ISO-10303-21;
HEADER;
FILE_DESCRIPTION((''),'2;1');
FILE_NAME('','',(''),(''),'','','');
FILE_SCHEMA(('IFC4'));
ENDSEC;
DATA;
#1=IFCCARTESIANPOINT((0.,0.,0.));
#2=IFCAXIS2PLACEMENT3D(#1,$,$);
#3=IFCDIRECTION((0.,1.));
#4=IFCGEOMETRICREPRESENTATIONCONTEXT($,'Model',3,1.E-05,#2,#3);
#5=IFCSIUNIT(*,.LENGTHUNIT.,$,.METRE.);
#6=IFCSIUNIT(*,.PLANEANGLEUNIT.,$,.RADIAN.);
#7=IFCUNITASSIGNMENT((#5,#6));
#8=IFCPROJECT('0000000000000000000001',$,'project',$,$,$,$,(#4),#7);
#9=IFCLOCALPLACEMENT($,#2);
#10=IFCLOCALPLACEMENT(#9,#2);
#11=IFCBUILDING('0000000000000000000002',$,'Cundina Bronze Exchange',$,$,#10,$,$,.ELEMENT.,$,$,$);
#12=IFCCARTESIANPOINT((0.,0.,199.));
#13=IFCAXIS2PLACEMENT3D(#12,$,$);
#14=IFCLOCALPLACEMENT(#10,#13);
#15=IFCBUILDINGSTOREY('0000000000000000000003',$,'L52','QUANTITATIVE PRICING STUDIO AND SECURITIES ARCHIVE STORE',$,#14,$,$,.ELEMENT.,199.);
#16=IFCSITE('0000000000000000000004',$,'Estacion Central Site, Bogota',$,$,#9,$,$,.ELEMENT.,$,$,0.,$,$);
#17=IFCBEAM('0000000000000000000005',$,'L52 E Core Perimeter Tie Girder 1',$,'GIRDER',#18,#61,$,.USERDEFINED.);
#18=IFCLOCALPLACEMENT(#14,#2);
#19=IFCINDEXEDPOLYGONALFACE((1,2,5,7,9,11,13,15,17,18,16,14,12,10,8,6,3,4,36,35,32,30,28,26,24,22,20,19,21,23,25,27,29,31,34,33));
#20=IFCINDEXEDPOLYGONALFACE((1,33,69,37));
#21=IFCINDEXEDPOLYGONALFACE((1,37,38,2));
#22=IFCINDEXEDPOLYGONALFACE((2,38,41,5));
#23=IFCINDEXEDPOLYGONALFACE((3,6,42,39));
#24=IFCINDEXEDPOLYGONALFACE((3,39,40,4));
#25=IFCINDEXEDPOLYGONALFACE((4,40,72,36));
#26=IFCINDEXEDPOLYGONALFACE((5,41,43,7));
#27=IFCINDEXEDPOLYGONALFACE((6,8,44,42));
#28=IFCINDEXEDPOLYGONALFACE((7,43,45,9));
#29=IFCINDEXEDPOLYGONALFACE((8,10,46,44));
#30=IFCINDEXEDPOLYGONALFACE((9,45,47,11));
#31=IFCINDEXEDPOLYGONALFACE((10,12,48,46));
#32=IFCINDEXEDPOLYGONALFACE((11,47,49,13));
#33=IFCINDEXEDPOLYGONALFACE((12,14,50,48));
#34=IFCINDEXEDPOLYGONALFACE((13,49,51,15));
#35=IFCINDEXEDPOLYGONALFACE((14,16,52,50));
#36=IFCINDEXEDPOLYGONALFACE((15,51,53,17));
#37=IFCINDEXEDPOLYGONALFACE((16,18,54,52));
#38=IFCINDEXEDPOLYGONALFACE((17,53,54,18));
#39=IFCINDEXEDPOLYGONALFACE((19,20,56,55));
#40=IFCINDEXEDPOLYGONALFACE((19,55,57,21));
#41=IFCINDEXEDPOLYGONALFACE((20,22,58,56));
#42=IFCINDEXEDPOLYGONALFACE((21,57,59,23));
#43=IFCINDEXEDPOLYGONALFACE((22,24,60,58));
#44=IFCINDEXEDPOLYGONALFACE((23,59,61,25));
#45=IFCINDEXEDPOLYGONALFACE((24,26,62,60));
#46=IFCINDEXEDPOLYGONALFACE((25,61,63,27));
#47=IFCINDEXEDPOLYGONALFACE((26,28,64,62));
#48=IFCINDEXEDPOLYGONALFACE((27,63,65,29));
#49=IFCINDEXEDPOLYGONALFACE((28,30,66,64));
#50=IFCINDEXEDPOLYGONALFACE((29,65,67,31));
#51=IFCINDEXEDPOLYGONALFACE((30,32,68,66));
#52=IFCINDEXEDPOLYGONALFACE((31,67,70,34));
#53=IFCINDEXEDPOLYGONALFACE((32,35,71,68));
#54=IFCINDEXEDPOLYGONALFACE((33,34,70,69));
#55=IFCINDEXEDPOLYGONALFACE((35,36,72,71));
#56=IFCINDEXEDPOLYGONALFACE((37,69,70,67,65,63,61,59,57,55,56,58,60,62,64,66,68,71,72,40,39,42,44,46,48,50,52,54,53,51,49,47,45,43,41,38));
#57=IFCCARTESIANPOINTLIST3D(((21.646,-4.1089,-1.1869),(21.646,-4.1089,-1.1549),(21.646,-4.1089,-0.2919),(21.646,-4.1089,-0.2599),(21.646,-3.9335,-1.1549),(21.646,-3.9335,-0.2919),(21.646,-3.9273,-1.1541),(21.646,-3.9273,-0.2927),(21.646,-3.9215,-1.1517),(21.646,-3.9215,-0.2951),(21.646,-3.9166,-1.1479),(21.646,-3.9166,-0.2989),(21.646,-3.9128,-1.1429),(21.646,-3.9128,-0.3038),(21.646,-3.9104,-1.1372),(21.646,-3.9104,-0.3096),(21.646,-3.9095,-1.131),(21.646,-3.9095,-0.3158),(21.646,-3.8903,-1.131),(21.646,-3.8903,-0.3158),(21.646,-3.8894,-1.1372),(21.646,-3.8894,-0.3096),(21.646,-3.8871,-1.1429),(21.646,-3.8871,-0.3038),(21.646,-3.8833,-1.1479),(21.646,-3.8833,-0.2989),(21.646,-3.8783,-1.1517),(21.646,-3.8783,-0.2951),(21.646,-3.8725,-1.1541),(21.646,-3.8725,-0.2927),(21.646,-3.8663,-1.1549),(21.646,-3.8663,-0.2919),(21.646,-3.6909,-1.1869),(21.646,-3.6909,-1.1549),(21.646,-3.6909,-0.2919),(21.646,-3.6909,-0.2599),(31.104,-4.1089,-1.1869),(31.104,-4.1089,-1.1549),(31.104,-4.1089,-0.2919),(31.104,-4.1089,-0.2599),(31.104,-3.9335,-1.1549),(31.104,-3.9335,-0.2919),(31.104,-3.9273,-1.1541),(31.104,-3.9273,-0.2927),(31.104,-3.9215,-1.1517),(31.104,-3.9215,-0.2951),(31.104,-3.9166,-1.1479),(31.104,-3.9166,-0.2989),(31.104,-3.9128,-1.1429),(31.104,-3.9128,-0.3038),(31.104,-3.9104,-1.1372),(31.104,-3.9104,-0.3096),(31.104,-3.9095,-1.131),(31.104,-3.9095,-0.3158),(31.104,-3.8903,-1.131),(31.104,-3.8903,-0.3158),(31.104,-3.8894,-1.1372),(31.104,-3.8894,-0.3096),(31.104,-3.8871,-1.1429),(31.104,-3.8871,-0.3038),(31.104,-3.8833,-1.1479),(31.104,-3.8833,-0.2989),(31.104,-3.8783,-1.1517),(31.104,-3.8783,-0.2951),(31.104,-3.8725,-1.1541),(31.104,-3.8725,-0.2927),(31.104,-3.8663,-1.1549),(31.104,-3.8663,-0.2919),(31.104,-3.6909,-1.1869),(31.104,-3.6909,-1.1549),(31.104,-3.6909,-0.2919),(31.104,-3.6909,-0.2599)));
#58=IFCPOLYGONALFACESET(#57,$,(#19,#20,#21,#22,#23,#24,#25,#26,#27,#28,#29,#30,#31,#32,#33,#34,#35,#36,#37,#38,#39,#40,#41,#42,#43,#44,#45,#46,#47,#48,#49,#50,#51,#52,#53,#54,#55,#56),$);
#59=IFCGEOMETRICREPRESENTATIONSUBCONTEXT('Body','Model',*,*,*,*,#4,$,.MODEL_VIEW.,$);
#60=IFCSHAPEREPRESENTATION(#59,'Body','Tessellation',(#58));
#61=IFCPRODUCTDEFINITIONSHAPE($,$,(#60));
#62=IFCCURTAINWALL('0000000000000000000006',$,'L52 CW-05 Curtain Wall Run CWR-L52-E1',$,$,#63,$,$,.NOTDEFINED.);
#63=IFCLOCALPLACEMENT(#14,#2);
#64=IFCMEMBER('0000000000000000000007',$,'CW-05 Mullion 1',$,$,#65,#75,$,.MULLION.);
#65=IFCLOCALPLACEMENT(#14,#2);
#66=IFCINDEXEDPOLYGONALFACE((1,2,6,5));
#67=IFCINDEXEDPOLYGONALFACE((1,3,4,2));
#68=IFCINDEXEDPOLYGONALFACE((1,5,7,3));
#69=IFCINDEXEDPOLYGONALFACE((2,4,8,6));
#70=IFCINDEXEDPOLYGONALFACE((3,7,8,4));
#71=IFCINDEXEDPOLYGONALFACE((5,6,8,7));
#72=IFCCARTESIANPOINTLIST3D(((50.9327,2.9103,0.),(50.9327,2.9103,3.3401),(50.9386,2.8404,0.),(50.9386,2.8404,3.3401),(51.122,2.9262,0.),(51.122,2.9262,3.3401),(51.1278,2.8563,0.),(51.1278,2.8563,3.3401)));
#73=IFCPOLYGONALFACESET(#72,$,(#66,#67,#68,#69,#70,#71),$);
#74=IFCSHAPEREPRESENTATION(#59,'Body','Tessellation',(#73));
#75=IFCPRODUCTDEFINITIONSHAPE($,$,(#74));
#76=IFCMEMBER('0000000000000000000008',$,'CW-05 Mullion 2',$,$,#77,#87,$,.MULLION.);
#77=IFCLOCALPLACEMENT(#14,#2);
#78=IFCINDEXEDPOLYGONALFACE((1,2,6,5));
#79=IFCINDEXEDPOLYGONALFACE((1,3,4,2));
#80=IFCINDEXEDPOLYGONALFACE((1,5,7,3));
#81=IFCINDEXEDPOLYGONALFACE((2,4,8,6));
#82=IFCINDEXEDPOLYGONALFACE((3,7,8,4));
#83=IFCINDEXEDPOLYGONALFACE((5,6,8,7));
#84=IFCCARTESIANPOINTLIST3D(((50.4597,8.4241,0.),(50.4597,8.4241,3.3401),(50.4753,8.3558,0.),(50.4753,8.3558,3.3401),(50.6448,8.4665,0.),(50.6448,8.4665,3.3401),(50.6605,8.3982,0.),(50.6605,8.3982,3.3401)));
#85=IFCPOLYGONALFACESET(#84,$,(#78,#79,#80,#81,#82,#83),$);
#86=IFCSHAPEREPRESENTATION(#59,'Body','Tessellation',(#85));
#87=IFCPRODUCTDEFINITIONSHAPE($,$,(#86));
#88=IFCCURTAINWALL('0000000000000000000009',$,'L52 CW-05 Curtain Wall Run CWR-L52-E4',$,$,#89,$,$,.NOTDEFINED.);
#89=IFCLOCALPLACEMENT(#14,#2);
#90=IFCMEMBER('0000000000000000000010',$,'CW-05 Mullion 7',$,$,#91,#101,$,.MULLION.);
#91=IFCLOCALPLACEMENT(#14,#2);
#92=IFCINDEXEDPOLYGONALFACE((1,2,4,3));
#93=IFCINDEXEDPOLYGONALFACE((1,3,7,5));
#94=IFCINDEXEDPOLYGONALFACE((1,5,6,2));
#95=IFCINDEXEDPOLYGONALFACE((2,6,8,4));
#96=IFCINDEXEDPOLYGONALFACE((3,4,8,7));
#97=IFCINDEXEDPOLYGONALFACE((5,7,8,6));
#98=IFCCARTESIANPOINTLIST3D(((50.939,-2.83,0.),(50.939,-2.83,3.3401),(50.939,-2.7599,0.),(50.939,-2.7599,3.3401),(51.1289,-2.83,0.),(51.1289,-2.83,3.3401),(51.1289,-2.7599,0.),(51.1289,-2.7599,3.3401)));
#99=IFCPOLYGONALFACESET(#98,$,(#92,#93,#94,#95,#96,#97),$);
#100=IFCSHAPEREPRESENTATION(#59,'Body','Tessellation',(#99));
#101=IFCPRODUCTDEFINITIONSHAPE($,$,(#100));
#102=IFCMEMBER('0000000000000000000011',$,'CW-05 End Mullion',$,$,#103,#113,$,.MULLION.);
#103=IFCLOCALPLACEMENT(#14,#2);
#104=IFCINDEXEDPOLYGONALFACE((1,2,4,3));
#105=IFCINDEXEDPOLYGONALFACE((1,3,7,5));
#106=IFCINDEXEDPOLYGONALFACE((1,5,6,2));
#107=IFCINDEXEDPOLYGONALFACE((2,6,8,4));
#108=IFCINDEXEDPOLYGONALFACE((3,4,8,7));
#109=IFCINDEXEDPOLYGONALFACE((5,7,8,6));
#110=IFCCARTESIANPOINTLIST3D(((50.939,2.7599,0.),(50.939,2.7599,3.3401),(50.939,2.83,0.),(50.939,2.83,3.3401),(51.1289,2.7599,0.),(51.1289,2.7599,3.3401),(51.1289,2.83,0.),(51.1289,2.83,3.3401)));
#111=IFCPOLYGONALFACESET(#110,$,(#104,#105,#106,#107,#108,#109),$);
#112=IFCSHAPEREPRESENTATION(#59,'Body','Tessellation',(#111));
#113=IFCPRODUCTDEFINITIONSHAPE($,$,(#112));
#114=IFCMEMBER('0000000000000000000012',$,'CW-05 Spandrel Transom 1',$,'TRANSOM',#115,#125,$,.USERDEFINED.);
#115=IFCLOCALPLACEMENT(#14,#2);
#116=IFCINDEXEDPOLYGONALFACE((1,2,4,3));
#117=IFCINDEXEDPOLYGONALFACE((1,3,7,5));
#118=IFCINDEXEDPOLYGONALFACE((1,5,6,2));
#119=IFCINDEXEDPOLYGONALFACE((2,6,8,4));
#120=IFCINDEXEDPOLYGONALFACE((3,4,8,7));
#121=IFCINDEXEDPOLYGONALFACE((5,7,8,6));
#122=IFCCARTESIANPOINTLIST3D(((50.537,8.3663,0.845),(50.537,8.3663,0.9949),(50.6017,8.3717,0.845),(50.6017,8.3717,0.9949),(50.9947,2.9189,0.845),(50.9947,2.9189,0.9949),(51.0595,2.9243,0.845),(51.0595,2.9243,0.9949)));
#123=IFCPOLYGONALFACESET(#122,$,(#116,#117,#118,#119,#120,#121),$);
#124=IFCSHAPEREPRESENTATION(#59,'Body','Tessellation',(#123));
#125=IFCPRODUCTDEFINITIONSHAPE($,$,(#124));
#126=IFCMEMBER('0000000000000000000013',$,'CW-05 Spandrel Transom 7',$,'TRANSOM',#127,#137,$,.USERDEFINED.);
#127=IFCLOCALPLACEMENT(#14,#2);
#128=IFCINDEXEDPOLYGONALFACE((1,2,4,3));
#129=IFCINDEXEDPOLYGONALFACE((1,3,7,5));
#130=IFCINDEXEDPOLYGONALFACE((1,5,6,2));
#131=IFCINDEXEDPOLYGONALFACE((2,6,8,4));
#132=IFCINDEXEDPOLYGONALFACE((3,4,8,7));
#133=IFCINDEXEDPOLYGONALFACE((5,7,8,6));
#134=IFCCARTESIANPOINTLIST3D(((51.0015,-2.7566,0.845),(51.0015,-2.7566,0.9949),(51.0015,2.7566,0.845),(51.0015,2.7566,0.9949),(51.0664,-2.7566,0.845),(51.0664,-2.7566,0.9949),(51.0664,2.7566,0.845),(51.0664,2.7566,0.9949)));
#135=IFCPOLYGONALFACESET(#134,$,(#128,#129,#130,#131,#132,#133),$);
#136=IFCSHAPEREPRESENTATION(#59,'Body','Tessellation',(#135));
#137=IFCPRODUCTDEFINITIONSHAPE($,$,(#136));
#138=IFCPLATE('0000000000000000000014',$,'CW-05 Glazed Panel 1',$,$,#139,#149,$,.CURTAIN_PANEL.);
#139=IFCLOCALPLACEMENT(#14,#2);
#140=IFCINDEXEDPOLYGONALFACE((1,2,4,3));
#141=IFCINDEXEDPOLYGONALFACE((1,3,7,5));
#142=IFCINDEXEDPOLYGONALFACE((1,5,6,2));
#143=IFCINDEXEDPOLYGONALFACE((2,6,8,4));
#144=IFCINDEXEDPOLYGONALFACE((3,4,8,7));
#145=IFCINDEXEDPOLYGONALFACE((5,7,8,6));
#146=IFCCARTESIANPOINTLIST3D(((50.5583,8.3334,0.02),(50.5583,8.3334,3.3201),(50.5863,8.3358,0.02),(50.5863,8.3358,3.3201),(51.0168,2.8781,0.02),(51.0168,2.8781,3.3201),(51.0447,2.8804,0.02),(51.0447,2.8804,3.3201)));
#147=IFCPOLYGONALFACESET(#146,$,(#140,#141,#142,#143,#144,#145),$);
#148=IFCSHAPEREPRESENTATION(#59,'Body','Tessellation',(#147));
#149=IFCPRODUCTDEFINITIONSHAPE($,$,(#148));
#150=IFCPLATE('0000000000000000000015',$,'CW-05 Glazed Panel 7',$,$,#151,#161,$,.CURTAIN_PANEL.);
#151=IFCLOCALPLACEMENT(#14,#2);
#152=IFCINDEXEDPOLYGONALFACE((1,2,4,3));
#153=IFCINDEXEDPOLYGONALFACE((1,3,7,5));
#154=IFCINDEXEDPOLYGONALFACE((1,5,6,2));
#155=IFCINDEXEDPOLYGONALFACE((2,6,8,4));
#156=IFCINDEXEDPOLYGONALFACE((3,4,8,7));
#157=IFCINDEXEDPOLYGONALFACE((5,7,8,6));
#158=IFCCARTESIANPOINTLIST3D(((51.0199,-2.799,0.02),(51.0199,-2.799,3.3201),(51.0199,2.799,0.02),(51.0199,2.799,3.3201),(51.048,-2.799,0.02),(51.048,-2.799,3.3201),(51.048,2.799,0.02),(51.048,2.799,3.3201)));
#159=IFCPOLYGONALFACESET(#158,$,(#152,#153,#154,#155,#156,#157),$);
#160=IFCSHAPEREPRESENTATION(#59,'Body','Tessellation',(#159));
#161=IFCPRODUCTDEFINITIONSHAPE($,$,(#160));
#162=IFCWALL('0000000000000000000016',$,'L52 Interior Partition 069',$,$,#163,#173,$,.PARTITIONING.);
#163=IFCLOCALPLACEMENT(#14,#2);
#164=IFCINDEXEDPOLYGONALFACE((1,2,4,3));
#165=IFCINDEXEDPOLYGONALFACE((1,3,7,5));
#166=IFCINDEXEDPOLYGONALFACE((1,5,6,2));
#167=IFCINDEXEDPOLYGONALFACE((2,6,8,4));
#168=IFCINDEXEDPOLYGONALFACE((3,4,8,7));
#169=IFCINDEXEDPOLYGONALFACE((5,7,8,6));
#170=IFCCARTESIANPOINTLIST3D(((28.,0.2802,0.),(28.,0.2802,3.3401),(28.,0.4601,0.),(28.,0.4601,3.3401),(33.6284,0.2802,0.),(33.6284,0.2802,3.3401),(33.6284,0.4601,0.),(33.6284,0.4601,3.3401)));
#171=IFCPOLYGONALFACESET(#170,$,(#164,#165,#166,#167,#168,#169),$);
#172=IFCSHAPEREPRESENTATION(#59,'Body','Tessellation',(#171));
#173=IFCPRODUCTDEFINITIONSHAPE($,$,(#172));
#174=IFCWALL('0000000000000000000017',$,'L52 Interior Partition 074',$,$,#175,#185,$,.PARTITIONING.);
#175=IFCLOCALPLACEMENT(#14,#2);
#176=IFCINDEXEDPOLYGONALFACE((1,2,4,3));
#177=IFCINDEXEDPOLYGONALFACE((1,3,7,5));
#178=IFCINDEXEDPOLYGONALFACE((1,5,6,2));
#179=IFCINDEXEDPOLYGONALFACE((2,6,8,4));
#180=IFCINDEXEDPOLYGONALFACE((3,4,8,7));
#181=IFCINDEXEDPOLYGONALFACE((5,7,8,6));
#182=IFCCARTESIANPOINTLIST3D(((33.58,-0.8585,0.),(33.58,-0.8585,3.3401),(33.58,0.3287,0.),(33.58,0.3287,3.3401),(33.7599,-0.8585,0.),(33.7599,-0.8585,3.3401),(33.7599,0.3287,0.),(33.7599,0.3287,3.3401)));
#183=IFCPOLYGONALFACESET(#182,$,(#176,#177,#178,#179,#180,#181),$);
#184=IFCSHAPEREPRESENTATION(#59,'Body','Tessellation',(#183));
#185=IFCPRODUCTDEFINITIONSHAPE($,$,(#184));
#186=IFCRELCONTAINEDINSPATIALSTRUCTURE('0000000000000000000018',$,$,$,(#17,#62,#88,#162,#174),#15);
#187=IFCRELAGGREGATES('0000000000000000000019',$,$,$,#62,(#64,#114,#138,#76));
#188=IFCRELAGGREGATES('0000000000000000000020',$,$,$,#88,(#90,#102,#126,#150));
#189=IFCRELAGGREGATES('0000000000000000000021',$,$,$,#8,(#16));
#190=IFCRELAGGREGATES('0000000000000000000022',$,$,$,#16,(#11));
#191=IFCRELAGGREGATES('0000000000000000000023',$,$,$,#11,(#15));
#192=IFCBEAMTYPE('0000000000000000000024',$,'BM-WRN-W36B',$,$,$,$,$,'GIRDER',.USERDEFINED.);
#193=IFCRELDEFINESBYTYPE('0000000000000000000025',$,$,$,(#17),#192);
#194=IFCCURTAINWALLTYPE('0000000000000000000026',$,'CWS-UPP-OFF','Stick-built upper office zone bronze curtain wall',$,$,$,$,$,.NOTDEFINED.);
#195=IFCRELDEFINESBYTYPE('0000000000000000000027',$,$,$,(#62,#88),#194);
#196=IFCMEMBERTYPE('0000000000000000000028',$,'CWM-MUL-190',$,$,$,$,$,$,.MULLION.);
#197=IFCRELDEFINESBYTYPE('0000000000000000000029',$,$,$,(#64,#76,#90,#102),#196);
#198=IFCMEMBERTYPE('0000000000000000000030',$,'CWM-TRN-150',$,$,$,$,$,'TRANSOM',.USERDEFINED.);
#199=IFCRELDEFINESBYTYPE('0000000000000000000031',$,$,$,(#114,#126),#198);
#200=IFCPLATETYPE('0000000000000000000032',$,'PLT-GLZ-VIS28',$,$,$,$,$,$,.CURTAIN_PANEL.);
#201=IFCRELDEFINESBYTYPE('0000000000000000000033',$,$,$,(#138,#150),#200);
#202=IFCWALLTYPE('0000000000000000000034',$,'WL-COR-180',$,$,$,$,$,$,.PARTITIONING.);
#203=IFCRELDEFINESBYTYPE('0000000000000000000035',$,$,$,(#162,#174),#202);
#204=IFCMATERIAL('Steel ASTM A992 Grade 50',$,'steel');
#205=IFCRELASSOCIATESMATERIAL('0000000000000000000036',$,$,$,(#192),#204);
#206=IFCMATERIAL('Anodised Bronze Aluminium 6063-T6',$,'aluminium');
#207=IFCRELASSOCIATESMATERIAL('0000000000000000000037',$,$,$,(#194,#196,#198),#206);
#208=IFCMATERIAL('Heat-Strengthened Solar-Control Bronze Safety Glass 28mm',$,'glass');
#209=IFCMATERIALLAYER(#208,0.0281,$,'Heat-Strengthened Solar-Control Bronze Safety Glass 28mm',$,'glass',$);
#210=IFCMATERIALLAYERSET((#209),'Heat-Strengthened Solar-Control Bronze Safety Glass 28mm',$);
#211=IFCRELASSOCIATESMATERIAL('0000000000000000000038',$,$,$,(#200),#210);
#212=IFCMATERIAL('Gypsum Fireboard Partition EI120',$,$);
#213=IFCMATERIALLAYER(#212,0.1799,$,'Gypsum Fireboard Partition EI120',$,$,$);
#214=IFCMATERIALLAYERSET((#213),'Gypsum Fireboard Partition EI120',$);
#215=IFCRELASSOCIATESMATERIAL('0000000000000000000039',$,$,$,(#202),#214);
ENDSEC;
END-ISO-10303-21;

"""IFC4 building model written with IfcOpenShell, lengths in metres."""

from ifc_helpers import new_model, si_unit, direction, frame, frame_2d, origin, origin_2d, place, context, subcontext, project, spatial, rectangle, i_section, extrude, material, layer, layer_set, material_profile, profile_set, type_object, element, aggregate, save


model = new_model("IFC4")

# Units and contexts
model_context = context("Model", 3, precision=1e-05, world=origin(), true_north=direction((0.0, 1.0)))
body_context = subcontext(model_context, "Body", "Model", "MODEL_VIEW")
ifc_project = project(units=[si_unit("LENGTHUNIT", "METRE"), si_unit("PLANEANGLEUNIT", "RADIAN")], contexts=[model_context])

# Site, building, storey
site_placement = place(None, origin())
site = spatial("IfcSite", under=ifc_project, at=site_placement, Name="Estacion Central Site, Bogota", CompositionType="ELEMENT", RefElevation=0.0)
building_placement = place(site_placement, origin())
building = spatial("IfcBuilding", under=site, at=building_placement, Name="Cundina Bronze Exchange", CompositionType="ELEMENT")
storey_placement = place(building_placement, frame((0.0, 0.0, 199.0)))
storey = spatial("IfcBuildingStorey", under=building, at=storey_placement, Name="L52", Description="QUANTITATIVE PRICING STUDIO AND SECURITIES ARCHIVE STORE", CompositionType="ELEMENT", Elevation=199.0)

# Shared definitions
ifc_material_1 = material(Name="Steel ASTM A992 Grade 50", Category="steel")

# Beam
ifc_material_profile_1 = material_profile(ifc_material_1, i_section(OverallWidth=0.418, OverallDepth=0.927, WebThickness=0.0193, FlangeThickness=0.032, FilletRadius=0.0239, at=origin_2d()), Name="W36X231", Category="steel")
ifc_profile_set_1 = profile_set([ifc_material_profile_1], Name="Steel ASTM A992 Grade 50")
beam_type_1 = type_object("IfcBeamType", Name="BM-WRN-W36B", ElementType="GIRDER", PredefinedType="USERDEFINED", material=ifc_profile_set_1)
beam_1_placement = place(storey_placement, frame((31.104, -3.8999, -0.7234), z_axis=(-1.0, 0.0, 0.0), x_axis=(0.0, -1.0, 0.0)))
element("IfcBeam", 1, at=beam_1_placement, inside=storey, type_object=beam_type_1, Name="L52 E Core Perimeter Tie Girder 1", ObjectType="GIRDER", PredefinedType="USERDEFINED", context=body_context, shape_type="SweptSolid", body=[
    extrude(i_section(OverallWidth=0.418, OverallDepth=0.927, WebThickness=0.0193, FlangeThickness=0.032, FilletRadius=0.0239, at=origin_2d()), origin(), (0.0, 0.0, 1.0), 9.458),
])

# Curtain walls, members
ifc_material_2 = material(Name="Anodised Bronze Aluminium 6063-T6", Category="aluminium")
curtain_wall_type = type_object("IfcCurtainWallType", Name="CWS-UPP-OFF", Description="Stick-built upper office zone bronze curtain wall", PredefinedType="NOTDEFINED", material=ifc_material_2)
curtain_wall_1_placement = place(storey_placement, origin())
curtain_wall_1 = element("IfcCurtainWall", 2, at=curtain_wall_1_placement, inside=storey, type_object=curtain_wall_type, Name="L52 CW-05 Curtain Wall Run CWR-L52-E1", PredefinedType="NOTDEFINED")
ifc_material_profile_2 = material_profile(ifc_material_2, rectangle(XDim=0.0701, YDim=0.1899, at=origin_2d()), Name="AL70X190", Category="aluminium")
ifc_profile_set_2 = profile_set([ifc_material_profile_2], Name="Anodised Bronze Aluminium 6063-T6")
member_type_1 = type_object("IfcMemberType", Name="CWM-MUL-190", PredefinedType="MULLION", material=ifc_profile_set_2)
member_1_placement = place(storey_placement, frame((51.0303, 2.8833, 0.0), z_axis=(0.0, 0.0, 1.0), x_axis=(-0.083678, 0.996493, 0.0)))
member_1 = element("IfcMember", 3, at=member_1_placement, type_object=member_type_1, Name="CW-05 Mullion 1", PredefinedType="MULLION", context=body_context, shape_type="SweptSolid", body=[
    extrude(rectangle(XDim=0.0701, YDim=0.1899, at=origin_2d()), origin(), (0.0, 0.0, 1.0), 3.3401),
])
member_2_placement = place(storey_placement, frame((50.5601, 8.4111, 0.0), z_axis=(0.0, 0.0, 1.0), x_axis=(-0.22325, 0.974761, 0.0)))
member_2 = element("IfcMember", 4, at=member_2_placement, type_object=member_type_1, Name="CW-05 Mullion 2", PredefinedType="MULLION", context=body_context, shape_type="SweptSolid", body=[
    extrude(rectangle(XDim=0.0701, YDim=0.1899, at=origin_2d()), origin(), (0.0, 0.0, 1.0), 3.3401),
])
curtain_wall_2_placement = place(storey_placement, origin())
curtain_wall_2 = element("IfcCurtainWall", 5, at=curtain_wall_2_placement, inside=storey, type_object=curtain_wall_type, Name="L52 CW-05 Curtain Wall Run CWR-L52-E4", PredefinedType="NOTDEFINED")
member_3_placement = place(storey_placement, frame((51.0339, -2.7949, 0.0), z_axis=(0.0, 0.0, 1.0), x_axis=(0.0, 1.0, 0.0)))
member_3 = element("IfcMember", 6, at=member_3_placement, type_object=member_type_1, Name="CW-05 Mullion 7", PredefinedType="MULLION", context=body_context, shape_type="SweptSolid", body=[
    extrude(rectangle(XDim=0.0701, YDim=0.1899, at=origin_2d()), origin(), (0.0, 0.0, 1.0), 3.3401),
])
member_4_placement = place(storey_placement, frame((51.0339, 2.7949, 0.0), z_axis=(0.0, 0.0, 1.0), x_axis=(0.0, 1.0, 0.0)))
member_4 = element("IfcMember", 7, at=member_4_placement, type_object=member_type_1, Name="CW-05 End Mullion", PredefinedType="MULLION", context=body_context, shape_type="SweptSolid", body=[
    extrude(rectangle(XDim=0.0701, YDim=0.1899, at=origin_2d()), origin(), (0.0, 0.0, 1.0), 3.3401),
])

# Members
ifc_material_profile_3 = material_profile(ifc_material_2, rectangle(XDim=0.0649, YDim=0.1499, at=origin_2d()), Name="AL65X150", Category="aluminium")
ifc_profile_set_3 = profile_set([ifc_material_profile_3], Name="Anodised Bronze Aluminium 6063-T6")
member_type_2 = type_object("IfcMemberType", Name="CWM-TRN-150", ElementType="TRANSOM", PredefinedType="USERDEFINED", material=ifc_profile_set_3)
member_5_placement = place(storey_placement, frame((51.0271, 2.9216, 0.9199), z_axis=(-0.08374, 0.996488, 0.0), x_axis=(-0.996488, -0.08374, 0.0)))
member_5 = element("IfcMember", 8, at=member_5_placement, type_object=member_type_2, Name="CW-05 Spandrel Transom 1", ObjectType="TRANSOM", PredefinedType="USERDEFINED", context=body_context, shape_type="SweptSolid", body=[
    extrude(rectangle(XDim=0.0649, YDim=0.1499, at=origin_2d()), origin(), (0.0, 0.0, 1.0), 5.4666),
])
member_6_placement = place(storey_placement, frame((51.0339, -2.7566, 0.9199), z_axis=(0.0, 1.0, 0.0), x_axis=(-1.0, 0.0, 0.0)))
member_6 = element("IfcMember", 9, at=member_6_placement, type_object=member_type_2, Name="CW-05 Spandrel Transom 7", ObjectType="TRANSOM", PredefinedType="USERDEFINED", context=body_context, shape_type="SweptSolid", body=[
    extrude(rectangle(XDim=0.0649, YDim=0.1499, at=origin_2d()), origin(), (0.0, 0.0, 1.0), 5.5132),
])

# Plates
ifc_material_3 = material(Name="Heat-Strengthened Solar-Control Bronze Safety Glass 28mm", Category="glass")
ifc_layer_1 = layer(ifc_material_3, 0.0281, Name="Heat-Strengthened Solar-Control Bronze Safety Glass 28mm", Category="glass")
ifc_layer_set_1 = layer_set([ifc_layer_1], Name="Heat-Strengthened Solar-Control Bronze Safety Glass 28mm")
plate_type = type_object("IfcPlateType", Name="PLT-GLZ-VIS28", PredefinedType="CURTAIN_PANEL", material=ifc_layer_set_1)
plate_1_placement = place(storey_placement, frame((50.8015, 5.6069, 0.02), z_axis=(0.0, 0.0, 1.0), x_axis=(-0.083747, 0.996487, 0.0)))
plate_1 = element("IfcPlate", 10, at=plate_1_placement, type_object=plate_type, Name="CW-05 Glazed Panel 1", PredefinedType="CURTAIN_PANEL", context=body_context, shape_type="SweptSolid", body=[
    extrude(rectangle(XDim=5.4746, YDim=0.0281, at=origin_2d()), origin(), (0.0, 0.0, 1.0), 3.3),
])
aggregate(curtain_wall_1, [member_1, member_5, plate_1, member_2])
plate_2_placement = place(storey_placement, frame((51.0339, 0.0, 0.02), z_axis=(0.0, 0.0, 1.0), x_axis=(0.0, 1.0, 0.0)))
plate_2 = element("IfcPlate", 11, at=plate_2_placement, type_object=plate_type, Name="CW-05 Glazed Panel 7", PredefinedType="CURTAIN_PANEL", context=body_context, shape_type="SweptSolid", body=[
    extrude(rectangle(XDim=5.5979, YDim=0.0281, at=origin_2d()), origin(), (0.0, 0.0, 1.0), 3.3),
])
aggregate(curtain_wall_2, [member_3, member_4, member_6, plate_2])

# Walls
ifc_material_4 = material(Name="Gypsum Fireboard Partition EI120")
ifc_layer_2 = layer(ifc_material_4, 0.1799, Name="Gypsum Fireboard Partition EI120")
ifc_layer_set_2 = layer_set([ifc_layer_2], Name="Gypsum Fireboard Partition EI120")
wall_type_1 = type_object("IfcWallType", Name="WL-COR-180", PredefinedType="PARTITIONING", material=ifc_layer_set_2)
wall_1_placement = place(storey_placement, frame((33.6284, 0.3701, 0.0), z_axis=(0.0, 0.0, 1.0), x_axis=(-1.0, 0.0, 0.0)))
element("IfcWall", 12, at=wall_1_placement, inside=storey, type_object=wall_type_1, Name="L52 Interior Partition 069", PredefinedType="PARTITIONING", context=body_context, shape_type="SweptSolid", body=[
    extrude(rectangle(XDim=5.6284, YDim=0.1799, at=frame_2d((2.8142, 0.0))), origin(), (0.0, 0.0, 1.0), 3.3401),
])
wall_2_placement = place(storey_placement, frame((33.6699, -0.8586, 0.0), z_axis=(0.0, 0.0, 1.0), x_axis=(0.0, 1.0, 0.0)))
element("IfcWall", 13, at=wall_2_placement, inside=storey, type_object=wall_type_1, Name="L52 Interior Partition 074", PredefinedType="PARTITIONING", context=body_context, shape_type="SweptSolid", body=[
    extrude(rectangle(XDim=1.1873, YDim=0.1799, at=frame_2d((0.5938, 0.0))), origin(), (0.0, 0.0, 1.0), 3.3401),
])

save(model, "model.ifc")
